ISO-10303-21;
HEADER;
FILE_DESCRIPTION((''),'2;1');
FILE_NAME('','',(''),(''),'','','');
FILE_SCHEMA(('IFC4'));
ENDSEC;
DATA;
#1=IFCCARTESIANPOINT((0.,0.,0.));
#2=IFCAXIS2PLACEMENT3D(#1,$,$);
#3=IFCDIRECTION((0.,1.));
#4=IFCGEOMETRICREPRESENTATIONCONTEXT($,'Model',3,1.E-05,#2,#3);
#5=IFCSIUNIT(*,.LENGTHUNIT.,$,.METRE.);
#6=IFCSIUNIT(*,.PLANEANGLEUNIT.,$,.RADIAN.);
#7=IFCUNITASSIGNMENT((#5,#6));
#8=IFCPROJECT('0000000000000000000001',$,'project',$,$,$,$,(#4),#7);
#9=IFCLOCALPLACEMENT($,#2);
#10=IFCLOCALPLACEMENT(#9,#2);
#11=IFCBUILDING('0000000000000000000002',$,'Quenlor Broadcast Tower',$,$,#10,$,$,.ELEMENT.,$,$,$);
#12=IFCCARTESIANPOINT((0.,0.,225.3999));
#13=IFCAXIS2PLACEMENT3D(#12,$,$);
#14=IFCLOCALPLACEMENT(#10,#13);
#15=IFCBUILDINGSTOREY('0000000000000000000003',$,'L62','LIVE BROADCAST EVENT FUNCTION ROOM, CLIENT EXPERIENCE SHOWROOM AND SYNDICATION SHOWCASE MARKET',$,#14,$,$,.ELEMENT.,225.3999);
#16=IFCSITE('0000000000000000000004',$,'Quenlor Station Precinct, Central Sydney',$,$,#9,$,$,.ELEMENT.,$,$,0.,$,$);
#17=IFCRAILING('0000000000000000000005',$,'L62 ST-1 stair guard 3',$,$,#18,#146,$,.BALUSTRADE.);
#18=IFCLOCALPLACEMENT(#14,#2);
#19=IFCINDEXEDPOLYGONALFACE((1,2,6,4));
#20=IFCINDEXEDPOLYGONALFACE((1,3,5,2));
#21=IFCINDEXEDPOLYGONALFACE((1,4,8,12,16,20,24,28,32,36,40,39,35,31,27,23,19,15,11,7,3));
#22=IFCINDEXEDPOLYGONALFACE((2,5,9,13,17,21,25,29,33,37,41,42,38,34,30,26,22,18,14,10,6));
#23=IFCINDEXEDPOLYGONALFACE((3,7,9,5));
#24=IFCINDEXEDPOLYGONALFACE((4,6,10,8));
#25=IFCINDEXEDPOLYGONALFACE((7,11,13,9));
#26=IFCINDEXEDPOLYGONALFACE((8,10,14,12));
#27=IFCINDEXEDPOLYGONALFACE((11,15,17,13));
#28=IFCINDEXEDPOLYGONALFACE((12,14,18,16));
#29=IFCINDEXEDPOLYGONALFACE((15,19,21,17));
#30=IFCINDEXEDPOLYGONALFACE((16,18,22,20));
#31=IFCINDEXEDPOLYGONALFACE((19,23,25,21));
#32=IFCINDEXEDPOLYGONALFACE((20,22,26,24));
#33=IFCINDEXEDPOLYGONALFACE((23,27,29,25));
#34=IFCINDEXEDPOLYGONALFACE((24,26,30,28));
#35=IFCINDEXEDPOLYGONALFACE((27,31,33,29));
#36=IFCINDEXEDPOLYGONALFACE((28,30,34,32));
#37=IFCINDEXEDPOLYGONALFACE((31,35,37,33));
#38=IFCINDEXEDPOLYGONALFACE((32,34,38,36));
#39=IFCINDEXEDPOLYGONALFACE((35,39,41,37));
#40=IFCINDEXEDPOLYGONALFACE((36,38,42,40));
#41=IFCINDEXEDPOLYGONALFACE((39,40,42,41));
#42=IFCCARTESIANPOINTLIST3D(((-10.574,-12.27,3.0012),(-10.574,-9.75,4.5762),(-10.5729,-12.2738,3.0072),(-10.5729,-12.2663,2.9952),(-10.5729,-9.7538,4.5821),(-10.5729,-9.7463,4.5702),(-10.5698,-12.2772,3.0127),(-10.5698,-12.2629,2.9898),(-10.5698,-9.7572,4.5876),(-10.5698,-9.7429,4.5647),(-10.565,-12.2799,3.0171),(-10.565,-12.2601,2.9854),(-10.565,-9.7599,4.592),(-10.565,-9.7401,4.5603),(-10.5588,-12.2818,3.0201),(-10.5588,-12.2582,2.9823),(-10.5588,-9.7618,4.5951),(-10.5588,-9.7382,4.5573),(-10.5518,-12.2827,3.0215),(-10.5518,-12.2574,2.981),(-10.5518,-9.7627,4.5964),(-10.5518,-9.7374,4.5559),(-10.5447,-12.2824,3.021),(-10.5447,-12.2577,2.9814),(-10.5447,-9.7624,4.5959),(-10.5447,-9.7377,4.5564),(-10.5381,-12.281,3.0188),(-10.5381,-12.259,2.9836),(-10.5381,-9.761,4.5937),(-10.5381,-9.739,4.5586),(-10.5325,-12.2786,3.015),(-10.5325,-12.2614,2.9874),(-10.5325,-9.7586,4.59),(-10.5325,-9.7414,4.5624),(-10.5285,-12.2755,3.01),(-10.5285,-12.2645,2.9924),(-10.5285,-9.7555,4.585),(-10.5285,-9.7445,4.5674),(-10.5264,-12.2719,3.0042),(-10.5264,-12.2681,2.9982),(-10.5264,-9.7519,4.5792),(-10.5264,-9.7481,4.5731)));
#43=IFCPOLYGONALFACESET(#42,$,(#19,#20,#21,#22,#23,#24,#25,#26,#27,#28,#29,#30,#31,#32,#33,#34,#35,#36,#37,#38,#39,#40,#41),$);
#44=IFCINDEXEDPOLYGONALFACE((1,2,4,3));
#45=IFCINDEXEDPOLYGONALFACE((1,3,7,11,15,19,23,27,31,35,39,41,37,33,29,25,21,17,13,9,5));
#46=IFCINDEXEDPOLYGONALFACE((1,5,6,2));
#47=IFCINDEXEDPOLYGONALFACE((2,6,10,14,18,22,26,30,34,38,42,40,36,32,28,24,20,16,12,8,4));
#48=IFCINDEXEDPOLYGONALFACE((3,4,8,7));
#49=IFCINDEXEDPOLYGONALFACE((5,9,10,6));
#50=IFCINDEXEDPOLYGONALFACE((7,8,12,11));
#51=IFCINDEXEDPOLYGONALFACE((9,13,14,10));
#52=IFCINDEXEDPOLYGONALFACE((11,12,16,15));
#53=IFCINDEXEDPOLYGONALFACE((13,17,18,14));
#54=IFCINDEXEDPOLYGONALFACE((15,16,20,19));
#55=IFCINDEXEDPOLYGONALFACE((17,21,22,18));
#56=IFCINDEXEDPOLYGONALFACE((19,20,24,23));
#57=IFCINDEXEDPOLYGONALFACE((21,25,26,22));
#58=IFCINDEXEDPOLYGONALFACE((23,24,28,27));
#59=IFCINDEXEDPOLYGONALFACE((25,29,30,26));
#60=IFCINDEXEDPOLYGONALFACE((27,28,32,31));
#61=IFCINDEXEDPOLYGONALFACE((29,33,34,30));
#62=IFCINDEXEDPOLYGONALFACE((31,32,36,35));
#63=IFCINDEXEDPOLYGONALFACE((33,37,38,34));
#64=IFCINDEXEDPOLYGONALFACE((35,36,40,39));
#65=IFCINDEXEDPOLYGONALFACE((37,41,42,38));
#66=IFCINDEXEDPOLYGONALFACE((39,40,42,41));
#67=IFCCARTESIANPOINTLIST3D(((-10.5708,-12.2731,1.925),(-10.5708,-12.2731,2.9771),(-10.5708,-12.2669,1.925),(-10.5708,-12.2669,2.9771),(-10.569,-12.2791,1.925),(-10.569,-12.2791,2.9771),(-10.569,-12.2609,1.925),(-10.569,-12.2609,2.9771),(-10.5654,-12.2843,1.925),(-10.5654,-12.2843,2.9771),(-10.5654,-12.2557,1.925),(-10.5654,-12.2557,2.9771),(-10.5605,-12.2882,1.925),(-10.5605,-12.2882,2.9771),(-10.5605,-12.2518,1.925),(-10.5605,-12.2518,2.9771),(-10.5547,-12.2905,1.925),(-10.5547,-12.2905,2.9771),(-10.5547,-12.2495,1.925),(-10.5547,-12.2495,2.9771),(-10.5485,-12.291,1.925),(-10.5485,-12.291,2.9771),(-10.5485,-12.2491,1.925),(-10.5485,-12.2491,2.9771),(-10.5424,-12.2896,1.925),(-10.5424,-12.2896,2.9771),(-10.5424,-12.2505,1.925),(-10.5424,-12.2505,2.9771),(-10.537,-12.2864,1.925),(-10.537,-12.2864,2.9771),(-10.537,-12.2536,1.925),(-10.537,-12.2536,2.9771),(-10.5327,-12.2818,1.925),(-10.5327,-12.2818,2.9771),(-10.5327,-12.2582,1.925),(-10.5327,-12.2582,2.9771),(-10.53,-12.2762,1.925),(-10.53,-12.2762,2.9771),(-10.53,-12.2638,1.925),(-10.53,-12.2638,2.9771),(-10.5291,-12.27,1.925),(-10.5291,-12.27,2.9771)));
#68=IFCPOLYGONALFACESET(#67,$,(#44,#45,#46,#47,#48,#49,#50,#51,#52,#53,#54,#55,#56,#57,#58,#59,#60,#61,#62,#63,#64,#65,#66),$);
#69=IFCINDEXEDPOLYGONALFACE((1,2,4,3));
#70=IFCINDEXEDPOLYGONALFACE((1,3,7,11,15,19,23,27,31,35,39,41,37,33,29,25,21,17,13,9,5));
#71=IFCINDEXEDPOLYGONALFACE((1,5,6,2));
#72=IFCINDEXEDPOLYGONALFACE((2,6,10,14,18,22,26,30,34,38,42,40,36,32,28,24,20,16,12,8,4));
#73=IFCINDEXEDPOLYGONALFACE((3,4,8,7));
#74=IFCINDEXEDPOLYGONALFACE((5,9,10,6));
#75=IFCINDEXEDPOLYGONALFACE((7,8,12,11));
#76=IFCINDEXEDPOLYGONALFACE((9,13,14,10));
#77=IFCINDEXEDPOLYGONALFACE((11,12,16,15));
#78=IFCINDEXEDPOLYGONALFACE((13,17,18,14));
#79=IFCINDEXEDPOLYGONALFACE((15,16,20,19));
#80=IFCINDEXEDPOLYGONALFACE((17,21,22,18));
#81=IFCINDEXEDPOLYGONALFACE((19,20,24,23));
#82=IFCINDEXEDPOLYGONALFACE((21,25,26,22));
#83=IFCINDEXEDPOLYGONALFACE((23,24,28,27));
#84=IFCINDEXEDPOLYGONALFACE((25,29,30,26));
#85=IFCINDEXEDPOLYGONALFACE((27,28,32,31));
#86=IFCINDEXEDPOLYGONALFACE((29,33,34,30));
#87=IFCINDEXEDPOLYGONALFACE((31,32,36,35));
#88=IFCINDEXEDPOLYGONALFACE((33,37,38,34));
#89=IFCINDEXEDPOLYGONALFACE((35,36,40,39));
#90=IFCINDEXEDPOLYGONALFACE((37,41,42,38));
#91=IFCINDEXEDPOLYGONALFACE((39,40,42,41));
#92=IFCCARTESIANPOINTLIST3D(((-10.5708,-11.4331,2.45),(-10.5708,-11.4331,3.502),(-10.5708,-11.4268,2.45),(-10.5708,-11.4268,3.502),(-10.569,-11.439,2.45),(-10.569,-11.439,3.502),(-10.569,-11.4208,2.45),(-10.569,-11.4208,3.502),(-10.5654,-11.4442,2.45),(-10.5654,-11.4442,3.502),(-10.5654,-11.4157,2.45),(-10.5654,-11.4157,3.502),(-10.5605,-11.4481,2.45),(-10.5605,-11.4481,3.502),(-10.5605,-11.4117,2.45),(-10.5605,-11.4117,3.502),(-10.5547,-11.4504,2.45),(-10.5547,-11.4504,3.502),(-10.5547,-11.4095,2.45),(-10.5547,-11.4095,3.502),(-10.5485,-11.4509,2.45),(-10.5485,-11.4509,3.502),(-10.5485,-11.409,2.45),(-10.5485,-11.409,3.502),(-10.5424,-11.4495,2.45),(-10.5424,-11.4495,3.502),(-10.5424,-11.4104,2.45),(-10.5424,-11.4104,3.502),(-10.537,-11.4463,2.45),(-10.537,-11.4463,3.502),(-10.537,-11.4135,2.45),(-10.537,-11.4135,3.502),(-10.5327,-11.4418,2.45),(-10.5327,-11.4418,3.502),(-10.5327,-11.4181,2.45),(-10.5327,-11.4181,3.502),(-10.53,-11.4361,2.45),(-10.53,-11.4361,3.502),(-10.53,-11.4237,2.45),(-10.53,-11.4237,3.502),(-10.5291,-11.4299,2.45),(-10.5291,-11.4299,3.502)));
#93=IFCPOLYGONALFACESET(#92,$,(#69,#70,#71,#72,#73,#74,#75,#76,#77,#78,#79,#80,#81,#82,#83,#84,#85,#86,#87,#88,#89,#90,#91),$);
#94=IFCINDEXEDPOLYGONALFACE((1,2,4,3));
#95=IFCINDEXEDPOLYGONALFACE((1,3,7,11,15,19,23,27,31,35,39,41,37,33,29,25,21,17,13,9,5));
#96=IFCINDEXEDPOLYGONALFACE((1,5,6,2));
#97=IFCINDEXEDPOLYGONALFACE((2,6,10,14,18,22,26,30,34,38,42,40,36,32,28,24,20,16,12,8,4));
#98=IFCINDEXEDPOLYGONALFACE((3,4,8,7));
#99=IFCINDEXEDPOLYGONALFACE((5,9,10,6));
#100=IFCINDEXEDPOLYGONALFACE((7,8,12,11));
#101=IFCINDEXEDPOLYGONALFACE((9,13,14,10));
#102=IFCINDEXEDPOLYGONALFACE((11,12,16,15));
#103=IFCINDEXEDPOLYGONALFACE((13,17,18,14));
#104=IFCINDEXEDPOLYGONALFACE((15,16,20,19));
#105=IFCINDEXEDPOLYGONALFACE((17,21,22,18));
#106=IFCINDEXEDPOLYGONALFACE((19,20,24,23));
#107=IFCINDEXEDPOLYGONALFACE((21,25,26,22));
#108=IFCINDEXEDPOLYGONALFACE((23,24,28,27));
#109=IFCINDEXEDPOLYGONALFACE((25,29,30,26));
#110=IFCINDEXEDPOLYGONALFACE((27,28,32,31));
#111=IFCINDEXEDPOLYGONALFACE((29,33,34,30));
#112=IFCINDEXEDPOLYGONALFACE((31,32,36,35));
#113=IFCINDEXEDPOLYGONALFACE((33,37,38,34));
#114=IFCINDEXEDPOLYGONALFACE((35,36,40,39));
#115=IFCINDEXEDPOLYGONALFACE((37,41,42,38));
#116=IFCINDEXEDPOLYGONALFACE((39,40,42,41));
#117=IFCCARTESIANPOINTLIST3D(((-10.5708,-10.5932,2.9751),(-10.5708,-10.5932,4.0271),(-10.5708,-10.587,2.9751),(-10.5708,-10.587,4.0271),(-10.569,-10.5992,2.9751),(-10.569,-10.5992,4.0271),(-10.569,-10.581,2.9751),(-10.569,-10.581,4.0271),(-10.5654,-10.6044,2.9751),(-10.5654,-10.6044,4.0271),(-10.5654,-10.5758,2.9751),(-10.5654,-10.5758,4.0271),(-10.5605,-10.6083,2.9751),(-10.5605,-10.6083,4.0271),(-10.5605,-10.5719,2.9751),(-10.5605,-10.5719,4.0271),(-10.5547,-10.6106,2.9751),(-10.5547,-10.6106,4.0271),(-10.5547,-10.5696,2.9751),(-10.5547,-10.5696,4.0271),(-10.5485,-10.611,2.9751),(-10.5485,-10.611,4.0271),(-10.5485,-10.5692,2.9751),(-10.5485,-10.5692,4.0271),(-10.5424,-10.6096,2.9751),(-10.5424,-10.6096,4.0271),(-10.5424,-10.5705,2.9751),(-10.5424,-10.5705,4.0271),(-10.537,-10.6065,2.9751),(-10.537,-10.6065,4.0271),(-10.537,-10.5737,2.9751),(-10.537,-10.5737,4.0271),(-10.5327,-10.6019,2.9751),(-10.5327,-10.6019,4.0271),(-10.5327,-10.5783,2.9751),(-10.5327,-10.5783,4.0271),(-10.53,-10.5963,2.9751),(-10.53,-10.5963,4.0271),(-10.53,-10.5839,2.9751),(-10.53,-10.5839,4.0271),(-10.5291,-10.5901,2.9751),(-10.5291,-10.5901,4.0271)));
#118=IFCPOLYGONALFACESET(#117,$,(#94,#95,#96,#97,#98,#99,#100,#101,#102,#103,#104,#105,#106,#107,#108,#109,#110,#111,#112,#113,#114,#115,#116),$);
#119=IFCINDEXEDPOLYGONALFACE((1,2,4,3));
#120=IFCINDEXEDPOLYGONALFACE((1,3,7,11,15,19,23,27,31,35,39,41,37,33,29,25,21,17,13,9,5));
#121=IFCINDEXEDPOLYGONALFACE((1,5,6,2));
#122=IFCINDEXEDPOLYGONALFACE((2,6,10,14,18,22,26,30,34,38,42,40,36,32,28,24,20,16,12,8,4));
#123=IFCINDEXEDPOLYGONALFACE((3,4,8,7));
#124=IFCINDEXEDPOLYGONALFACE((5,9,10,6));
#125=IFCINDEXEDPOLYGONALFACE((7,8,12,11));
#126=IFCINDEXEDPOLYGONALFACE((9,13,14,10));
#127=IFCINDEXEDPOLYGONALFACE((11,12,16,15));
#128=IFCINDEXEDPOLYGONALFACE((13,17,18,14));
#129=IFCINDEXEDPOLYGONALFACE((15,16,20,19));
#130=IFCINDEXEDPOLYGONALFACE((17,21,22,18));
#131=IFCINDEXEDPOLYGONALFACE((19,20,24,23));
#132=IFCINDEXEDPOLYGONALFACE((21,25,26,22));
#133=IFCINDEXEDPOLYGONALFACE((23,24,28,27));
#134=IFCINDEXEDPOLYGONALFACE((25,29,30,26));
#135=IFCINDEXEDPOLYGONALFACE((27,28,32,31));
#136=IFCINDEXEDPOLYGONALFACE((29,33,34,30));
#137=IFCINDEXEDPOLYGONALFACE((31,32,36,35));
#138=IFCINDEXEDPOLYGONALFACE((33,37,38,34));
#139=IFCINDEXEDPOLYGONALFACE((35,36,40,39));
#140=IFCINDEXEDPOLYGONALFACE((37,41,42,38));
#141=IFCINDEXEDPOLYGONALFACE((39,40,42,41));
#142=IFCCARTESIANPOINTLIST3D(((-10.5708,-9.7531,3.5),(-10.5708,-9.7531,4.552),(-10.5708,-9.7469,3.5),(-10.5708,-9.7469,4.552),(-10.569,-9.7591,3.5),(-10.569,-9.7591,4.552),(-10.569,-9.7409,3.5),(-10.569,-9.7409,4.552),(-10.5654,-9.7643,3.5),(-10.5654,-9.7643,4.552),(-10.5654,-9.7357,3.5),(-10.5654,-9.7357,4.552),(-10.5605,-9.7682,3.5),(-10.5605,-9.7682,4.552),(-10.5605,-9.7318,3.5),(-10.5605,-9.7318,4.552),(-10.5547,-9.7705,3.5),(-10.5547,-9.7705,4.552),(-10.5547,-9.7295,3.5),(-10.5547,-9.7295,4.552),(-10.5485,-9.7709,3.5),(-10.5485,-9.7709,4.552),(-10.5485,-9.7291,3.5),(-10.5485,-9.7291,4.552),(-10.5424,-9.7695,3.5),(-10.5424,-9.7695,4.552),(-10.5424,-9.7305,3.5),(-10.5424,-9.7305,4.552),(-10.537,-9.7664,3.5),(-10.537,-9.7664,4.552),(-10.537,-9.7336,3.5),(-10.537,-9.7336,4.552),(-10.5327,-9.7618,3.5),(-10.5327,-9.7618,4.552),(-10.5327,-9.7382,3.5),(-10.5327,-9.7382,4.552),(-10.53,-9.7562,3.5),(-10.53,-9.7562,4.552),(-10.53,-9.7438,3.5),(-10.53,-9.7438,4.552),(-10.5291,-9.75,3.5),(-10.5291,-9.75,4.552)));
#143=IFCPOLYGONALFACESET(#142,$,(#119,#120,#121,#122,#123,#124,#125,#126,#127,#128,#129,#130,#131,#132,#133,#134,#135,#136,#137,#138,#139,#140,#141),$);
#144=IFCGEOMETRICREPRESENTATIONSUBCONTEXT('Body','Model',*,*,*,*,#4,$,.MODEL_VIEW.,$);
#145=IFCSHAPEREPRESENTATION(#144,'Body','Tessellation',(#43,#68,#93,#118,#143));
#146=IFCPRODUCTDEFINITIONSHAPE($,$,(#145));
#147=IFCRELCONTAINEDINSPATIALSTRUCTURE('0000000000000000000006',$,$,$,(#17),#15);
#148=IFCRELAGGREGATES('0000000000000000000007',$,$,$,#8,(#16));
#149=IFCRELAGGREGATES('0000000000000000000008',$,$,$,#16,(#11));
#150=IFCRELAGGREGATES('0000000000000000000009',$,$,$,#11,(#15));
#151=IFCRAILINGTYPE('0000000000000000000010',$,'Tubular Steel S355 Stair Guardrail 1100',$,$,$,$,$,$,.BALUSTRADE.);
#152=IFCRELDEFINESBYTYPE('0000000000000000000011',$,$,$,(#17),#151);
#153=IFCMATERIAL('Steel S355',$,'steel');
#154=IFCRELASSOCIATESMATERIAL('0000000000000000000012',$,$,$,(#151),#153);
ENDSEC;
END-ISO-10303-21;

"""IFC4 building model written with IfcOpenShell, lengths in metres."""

from ifc_helpers import new_model, si_unit, direction, frame, origin, origin_2d, place, context, subcontext, project, spatial, circle, extrude, material, type_object, element, save


model = new_model("IFC4")

# Units and contexts
model_context = context("Model", 3, precision=1e-05, world=origin(), true_north=direction((0.0, 1.0)))
body_context = subcontext(model_context, "Body", "Model", "MODEL_VIEW")
ifc_project = project(units=[si_unit("LENGTHUNIT", "METRE"), si_unit("PLANEANGLEUNIT", "RADIAN")], contexts=[model_context])

# Site, building, storey
site_placement = place(None, origin())
site = spatial("IfcSite", under=ifc_project, at=site_placement, Name="Quenlor Station Precinct, Central Sydney", CompositionType="ELEMENT", RefElevation=0.0)
building_placement = place(site_placement, origin())
building = spatial("IfcBuilding", under=site, at=building_placement, Name="Quenlor Broadcast Tower", CompositionType="ELEMENT")
storey_placement = place(building_placement, frame((0.0, 0.0, 225.3999)))
storey = spatial("IfcBuildingStorey", under=building, at=storey_placement, Name="L62", Description="LIVE BROADCAST EVENT FUNCTION ROOM, CLIENT EXPERIENCE SHOWROOM AND SYNDICATION SHOWCASE MARKET", CompositionType="ELEMENT", Elevation=225.3999)

# Railing
ifc_material_1 = material(Name="Steel S355", Category="steel")
railing_type_1 = type_object("IfcRailingType", Name="Tubular Steel S355 Stair Guardrail 1100", PredefinedType="BALUSTRADE", material=ifc_material_1)
railing_1_placement = place(storey_placement, frame((-10.55, -12.27, 1.925)))
element("IfcRailing", 1, at=railing_1_placement, inside=storey, type_object=railing_type_1, Name="L62 ST-1 stair guard 3", PredefinedType="BALUSTRADE", context=body_context, shape_type="SweptSolid", body=[
    extrude(circle(Radius=0.0239, at=origin_2d()), frame((0.0, 0.0, 1.0762), z_axis=(0.0, 0.848008, 0.529984), x_axis=(-1.0, 0.0, 0.0)), (0.0, 0.0, 1.0), 2.9717),
    extrude(circle(Radius=0.021, at=origin_2d()), origin(), (0.0, 0.0, 1.0), 1.052),
    extrude(circle(Radius=0.021, at=origin_2d()), frame((0.0, 0.8401, 0.5249)), (0.0, 0.0, 1.0), 1.052),
    extrude(circle(Radius=0.021, at=origin_2d()), frame((0.0, 1.6799, 1.05)), (0.0, 0.0, 1.0), 1.052),
    extrude(circle(Radius=0.021, at=origin_2d()), frame((0.0, 2.52, 1.575)), (0.0, 0.0, 1.0), 1.052),
])

save(model, "model.ifc")
